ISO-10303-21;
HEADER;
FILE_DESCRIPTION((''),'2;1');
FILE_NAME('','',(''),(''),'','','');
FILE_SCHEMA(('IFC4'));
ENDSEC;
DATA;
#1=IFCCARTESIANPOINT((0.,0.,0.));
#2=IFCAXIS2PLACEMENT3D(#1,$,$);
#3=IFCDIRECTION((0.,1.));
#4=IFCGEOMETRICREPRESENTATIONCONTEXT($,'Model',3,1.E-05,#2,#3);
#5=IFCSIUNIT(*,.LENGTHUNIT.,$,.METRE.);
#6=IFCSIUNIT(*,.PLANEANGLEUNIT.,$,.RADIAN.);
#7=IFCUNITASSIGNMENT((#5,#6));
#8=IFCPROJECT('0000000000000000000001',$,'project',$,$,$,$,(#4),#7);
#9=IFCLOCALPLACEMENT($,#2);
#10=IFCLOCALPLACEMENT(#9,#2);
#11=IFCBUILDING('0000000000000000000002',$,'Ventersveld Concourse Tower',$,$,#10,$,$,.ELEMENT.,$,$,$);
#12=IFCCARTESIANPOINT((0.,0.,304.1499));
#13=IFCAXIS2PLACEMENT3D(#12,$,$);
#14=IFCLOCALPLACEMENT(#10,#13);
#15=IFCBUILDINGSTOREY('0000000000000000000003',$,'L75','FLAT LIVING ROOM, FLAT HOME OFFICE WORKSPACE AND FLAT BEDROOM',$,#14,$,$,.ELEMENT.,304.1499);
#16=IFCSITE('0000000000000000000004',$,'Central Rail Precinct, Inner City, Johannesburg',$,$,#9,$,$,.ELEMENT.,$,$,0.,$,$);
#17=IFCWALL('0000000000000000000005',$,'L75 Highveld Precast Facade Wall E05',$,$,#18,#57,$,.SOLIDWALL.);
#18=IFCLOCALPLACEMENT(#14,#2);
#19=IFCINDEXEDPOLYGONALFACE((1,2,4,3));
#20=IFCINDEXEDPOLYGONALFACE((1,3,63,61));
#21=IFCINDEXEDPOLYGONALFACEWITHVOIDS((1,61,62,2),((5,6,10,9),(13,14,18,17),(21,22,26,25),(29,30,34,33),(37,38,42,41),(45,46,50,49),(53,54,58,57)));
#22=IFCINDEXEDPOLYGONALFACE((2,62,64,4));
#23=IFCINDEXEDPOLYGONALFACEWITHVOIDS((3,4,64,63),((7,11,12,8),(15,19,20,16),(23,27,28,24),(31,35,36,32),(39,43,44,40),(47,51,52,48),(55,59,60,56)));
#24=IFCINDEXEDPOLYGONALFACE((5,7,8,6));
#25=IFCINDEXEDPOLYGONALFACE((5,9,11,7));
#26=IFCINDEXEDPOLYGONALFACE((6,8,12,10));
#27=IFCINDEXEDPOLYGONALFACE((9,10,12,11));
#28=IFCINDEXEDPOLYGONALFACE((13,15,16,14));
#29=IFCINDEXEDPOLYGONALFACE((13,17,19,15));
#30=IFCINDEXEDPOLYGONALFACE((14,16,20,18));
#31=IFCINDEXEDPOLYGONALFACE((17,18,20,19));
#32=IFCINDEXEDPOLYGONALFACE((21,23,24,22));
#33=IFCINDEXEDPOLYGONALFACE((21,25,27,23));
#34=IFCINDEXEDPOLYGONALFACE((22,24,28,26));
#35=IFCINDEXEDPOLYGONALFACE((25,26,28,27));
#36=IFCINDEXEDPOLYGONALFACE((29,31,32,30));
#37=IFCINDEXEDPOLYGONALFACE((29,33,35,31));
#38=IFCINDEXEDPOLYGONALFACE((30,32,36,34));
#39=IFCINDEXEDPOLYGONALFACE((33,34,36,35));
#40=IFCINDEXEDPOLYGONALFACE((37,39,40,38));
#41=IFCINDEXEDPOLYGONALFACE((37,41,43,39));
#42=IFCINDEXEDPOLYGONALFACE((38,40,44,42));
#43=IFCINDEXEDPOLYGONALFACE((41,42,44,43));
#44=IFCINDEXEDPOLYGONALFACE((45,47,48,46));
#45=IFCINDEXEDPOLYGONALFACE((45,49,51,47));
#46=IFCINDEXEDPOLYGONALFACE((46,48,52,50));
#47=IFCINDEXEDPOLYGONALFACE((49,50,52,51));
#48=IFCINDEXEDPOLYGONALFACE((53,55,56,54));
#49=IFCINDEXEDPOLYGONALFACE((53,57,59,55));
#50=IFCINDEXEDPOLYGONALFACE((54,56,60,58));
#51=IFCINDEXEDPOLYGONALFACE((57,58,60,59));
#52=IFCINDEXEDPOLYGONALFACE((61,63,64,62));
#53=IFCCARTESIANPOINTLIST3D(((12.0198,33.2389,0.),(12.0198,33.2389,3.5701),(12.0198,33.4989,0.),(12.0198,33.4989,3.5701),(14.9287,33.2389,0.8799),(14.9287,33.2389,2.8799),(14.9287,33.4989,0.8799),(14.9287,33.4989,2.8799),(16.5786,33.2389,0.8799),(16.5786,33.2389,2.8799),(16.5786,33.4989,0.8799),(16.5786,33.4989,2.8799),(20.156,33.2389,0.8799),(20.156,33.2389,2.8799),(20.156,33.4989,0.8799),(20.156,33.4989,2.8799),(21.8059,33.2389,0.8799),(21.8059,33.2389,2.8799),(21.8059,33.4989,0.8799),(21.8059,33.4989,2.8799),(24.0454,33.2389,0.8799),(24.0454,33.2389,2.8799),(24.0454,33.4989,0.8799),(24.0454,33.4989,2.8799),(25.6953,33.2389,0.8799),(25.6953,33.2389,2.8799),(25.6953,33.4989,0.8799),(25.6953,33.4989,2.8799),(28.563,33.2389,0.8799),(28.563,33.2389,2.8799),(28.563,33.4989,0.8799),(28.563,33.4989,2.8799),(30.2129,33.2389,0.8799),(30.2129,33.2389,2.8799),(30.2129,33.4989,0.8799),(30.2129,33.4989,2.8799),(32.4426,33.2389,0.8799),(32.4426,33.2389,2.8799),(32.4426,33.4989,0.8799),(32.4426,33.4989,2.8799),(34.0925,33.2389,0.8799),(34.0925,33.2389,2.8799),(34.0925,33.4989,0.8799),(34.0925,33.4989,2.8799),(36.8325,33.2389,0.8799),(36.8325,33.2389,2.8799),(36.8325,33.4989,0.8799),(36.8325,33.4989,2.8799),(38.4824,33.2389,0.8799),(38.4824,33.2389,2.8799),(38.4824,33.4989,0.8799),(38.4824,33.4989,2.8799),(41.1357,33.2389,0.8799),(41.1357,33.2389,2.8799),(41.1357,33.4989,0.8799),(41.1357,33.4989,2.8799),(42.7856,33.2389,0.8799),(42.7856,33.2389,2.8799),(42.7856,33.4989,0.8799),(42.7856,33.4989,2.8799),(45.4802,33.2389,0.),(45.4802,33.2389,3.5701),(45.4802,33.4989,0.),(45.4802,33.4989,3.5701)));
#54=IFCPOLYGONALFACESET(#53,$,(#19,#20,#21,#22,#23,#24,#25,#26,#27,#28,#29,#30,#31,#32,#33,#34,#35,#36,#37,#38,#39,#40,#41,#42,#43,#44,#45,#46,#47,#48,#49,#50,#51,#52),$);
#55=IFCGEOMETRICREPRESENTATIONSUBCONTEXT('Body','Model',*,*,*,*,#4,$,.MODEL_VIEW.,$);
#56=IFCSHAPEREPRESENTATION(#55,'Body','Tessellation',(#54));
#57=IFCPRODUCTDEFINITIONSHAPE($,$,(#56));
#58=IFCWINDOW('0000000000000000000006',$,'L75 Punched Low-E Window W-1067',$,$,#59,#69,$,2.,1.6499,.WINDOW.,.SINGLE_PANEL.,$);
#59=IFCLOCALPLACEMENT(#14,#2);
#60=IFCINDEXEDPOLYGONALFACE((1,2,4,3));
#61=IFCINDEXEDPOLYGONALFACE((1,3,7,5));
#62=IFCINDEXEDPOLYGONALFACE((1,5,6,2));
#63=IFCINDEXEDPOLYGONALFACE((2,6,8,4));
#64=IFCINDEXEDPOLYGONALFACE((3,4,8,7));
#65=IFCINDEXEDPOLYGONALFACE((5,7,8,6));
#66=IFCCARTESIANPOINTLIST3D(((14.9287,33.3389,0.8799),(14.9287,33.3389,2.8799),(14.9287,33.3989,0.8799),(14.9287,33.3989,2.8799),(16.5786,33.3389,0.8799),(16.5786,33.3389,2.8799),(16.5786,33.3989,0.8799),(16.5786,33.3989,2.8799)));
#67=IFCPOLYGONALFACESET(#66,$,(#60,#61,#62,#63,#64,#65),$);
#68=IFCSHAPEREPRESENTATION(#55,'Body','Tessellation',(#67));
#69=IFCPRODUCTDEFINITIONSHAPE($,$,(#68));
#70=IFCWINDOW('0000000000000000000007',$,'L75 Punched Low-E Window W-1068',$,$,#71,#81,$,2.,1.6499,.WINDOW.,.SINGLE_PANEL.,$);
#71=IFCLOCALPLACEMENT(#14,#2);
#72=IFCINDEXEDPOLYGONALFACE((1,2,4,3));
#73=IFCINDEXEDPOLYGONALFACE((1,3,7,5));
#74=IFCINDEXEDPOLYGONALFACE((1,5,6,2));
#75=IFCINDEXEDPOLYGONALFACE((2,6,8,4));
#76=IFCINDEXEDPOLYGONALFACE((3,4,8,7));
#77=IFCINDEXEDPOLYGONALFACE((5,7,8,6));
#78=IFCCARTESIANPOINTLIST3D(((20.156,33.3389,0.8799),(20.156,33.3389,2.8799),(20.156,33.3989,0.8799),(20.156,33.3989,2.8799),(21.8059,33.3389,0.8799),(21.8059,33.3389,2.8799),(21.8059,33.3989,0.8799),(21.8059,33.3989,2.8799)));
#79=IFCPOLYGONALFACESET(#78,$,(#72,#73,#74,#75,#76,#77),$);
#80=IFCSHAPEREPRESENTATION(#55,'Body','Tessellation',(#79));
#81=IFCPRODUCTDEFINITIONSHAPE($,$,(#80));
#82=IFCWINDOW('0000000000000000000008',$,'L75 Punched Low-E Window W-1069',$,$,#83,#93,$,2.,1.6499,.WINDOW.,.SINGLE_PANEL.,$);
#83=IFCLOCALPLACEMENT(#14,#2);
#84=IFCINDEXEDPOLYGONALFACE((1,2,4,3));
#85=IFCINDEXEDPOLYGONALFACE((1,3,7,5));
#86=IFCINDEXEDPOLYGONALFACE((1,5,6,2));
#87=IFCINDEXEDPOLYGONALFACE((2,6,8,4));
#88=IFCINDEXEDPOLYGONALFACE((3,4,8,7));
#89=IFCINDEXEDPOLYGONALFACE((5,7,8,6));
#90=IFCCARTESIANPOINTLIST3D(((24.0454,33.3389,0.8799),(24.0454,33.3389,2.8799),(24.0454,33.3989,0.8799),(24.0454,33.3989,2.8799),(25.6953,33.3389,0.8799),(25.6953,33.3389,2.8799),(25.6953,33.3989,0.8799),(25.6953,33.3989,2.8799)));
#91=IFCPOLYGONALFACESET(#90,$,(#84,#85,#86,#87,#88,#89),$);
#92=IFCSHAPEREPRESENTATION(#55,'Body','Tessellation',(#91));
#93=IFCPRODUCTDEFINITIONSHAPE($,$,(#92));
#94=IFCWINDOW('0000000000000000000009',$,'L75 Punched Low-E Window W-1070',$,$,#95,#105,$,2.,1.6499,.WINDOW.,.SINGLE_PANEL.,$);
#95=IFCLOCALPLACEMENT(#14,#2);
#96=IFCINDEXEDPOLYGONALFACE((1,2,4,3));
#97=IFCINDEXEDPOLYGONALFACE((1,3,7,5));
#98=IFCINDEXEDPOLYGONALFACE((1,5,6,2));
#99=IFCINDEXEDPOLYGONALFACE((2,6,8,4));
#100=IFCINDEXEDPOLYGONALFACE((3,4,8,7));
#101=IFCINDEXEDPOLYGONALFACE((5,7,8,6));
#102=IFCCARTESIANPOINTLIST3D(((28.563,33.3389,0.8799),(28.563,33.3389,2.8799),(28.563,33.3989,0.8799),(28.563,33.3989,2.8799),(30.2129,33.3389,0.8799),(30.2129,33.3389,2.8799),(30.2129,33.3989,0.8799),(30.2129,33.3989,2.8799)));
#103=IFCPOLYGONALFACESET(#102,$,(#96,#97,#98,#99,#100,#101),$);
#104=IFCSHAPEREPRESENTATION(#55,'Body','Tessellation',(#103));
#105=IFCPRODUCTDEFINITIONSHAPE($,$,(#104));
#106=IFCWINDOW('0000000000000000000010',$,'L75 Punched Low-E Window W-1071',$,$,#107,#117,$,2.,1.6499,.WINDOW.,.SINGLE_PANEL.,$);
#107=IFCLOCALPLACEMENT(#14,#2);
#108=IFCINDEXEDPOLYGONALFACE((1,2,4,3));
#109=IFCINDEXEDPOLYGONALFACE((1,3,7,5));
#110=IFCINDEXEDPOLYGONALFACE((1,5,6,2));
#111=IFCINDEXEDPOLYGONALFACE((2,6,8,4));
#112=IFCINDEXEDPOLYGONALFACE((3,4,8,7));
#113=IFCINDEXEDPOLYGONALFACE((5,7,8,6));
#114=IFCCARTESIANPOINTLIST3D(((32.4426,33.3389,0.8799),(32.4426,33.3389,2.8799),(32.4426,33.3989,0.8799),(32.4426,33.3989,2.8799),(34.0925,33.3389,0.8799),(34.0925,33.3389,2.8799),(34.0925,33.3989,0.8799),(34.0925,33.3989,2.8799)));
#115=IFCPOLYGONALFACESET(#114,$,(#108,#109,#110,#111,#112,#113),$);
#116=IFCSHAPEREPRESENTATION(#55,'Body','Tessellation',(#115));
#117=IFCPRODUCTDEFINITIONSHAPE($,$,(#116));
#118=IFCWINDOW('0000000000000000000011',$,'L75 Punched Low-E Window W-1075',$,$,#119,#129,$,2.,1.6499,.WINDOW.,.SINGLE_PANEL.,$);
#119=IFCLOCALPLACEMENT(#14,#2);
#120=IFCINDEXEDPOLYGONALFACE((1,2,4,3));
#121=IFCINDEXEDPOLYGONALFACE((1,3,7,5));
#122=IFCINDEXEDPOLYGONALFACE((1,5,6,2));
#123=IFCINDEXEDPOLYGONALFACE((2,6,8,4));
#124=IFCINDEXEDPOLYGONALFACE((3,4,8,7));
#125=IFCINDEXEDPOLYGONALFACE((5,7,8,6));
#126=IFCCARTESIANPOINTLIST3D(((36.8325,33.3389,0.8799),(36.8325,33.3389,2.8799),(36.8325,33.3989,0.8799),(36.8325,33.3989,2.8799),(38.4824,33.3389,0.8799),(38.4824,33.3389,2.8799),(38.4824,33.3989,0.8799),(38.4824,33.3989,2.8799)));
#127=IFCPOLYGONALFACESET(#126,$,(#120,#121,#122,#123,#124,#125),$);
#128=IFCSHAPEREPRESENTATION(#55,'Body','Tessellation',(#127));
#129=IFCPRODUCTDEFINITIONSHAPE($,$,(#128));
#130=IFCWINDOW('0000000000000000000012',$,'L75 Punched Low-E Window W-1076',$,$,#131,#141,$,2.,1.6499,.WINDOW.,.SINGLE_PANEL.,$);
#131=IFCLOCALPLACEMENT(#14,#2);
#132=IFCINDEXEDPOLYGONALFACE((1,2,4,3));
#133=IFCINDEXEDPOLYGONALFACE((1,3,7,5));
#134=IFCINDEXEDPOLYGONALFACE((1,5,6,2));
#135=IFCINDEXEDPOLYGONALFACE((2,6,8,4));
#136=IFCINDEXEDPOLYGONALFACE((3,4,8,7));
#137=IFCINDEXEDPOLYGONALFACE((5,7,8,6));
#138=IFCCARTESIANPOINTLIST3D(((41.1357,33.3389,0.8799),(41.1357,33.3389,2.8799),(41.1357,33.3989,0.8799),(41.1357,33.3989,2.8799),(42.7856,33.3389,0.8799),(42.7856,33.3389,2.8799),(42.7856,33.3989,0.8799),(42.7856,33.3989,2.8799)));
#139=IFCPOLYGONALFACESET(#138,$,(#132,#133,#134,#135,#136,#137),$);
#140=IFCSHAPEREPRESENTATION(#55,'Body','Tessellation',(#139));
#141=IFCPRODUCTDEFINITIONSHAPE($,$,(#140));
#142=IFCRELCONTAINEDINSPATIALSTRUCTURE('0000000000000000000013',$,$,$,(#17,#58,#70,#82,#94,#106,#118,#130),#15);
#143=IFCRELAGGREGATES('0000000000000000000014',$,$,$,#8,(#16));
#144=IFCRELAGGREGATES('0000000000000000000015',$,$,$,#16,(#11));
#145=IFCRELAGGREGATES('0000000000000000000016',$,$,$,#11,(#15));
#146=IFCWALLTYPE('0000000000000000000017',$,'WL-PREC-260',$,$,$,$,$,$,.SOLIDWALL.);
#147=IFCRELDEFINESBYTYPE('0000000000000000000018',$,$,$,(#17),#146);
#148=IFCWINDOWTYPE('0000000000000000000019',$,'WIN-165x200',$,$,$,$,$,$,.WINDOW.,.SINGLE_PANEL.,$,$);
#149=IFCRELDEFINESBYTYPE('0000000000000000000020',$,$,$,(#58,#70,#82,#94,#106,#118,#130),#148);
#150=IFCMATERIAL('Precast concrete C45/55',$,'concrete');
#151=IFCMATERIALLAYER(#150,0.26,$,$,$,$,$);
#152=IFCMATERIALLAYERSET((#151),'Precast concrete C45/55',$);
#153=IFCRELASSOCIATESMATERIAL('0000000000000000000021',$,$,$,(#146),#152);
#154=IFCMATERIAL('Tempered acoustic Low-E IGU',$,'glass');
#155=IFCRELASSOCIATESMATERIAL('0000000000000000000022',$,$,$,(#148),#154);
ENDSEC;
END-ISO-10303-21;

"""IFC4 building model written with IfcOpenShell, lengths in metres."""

from ifc_helpers import new_model, si_unit, direction, frame, frame_2d, origin, place, context, subcontext, project, spatial, rectangle, extrude, material, layer, layer_set, type_object, element, fill, save


model = new_model("IFC4")

# Units and contexts
model_context = context("Model", 3, precision=1e-05, world=origin(), true_north=direction((0.0, 1.0)))
body_context = subcontext(model_context, "Body", "Model", "MODEL_VIEW")
ifc_project = project(units=[si_unit("LENGTHUNIT", "METRE"), si_unit("PLANEANGLEUNIT", "RADIAN")], contexts=[model_context])

# Site, building, storey
site_placement = place(None, origin())
site = spatial("IfcSite", under=ifc_project, at=site_placement, Name="Central Rail Precinct, Inner City, Johannesburg", CompositionType="ELEMENT", RefElevation=0.0)
building_placement = place(site_placement, origin())
building = spatial("IfcBuilding", under=site, at=building_placement, Name="Ventersveld Concourse Tower", CompositionType="ELEMENT")
storey_placement = place(building_placement, frame((0.0, 0.0, 304.1499)))
storey = spatial("IfcBuildingStorey", under=building, at=storey_placement, Name="L75", Description="FLAT LIVING ROOM, FLAT HOME OFFICE WORKSPACE AND FLAT BEDROOM", CompositionType="ELEMENT", Elevation=304.1499)

# Shared definitions
ifc_material_1 = material(Name="Precast concrete C45/55", Category="concrete")
ifc_layer_1 = layer(ifc_material_1, 0.26)
ifc_layer_set_1 = layer_set([ifc_layer_1], Name="Precast concrete C45/55")
wall_type_1 = type_object("IfcWallType", Name="WL-PREC-260", PredefinedType="SOLIDWALL", material=ifc_layer_set_1)
ifc_material_2 = material(Name="Tempered acoustic Low-E IGU", Category="glass")
window_type = type_object("IfcWindowType", Name="WIN-165x200", PartitioningType="SINGLE_PANEL", PredefinedType="WINDOW", material=ifc_material_2)

# Wall, openings, windows
wall_1_placement = place(storey_placement, frame((45.4802, 33.3689, 0.0), z_axis=(0.0, 0.0, 1.0), x_axis=(-1.0, 0.0, 0.0)))
wall_1 = element("IfcWall", 1, at=wall_1_placement, inside=storey, type_object=wall_type_1, Name="L75 Highveld Precast Facade Wall E05", PredefinedType="SOLIDWALL", context=body_context, shape_type="SweptSolid", body=[
    extrude(rectangle(XDim=33.4604, YDim=0.26, at=frame_2d((16.7302, 0.0))), origin(), (0.0, 0.0, 1.0), 3.5701),
])
opening_1_placement = place(wall_1_placement, frame((28.9016, 0.0, 0.8799)))
opening_1 = element("IfcOpeningElement", 2, at=opening_1_placement, cuts=wall_1, PredefinedType="OPENING", context=body_context, shape_type="SweptSolid", body=[
    extrude(rectangle(XDim=1.6499, YDim=2.0, at=frame_2d((0.825, 1.0))), frame((0.0, 0.1401, 0.0), z_axis=(0.0, -1.0, 0.0), x_axis=(1.0, 0.0, 0.0)), (0.0, 0.0, 1.0), 0.28),
])
opening_2_placement = place(wall_1_placement, frame((23.6743, 0.0, 0.8799)))
opening_2 = element("IfcOpeningElement", 3, at=opening_2_placement, cuts=wall_1, PredefinedType="OPENING", context=body_context, shape_type="SweptSolid", body=[
    extrude(rectangle(XDim=1.6499, YDim=2.0, at=frame_2d((0.825, 1.0))), frame((0.0, 0.1401, 0.0), z_axis=(0.0, -1.0, 0.0), x_axis=(1.0, 0.0, 0.0)), (0.0, 0.0, 1.0), 0.28),
])
opening_3_placement = place(wall_1_placement, frame((19.7849, 0.0, 0.8799)))
opening_3 = element("IfcOpeningElement", 4, at=opening_3_placement, cuts=wall_1, PredefinedType="OPENING", context=body_context, shape_type="SweptSolid", body=[
    extrude(rectangle(XDim=1.6499, YDim=2.0, at=frame_2d((0.825, 1.0))), frame((0.0, 0.1401, 0.0), z_axis=(0.0, -1.0, 0.0), x_axis=(1.0, 0.0, 0.0)), (0.0, 0.0, 1.0), 0.28),
])
opening_4_placement = place(wall_1_placement, frame((15.2673, 0.0, 0.8799)))
opening_4 = element("IfcOpeningElement", 5, at=opening_4_placement, cuts=wall_1, PredefinedType="OPENING", context=body_context, shape_type="SweptSolid", body=[
    extrude(rectangle(XDim=1.6499, YDim=2.0, at=frame_2d((0.825, 1.0))), frame((0.0, 0.1401, 0.0), z_axis=(0.0, -1.0, 0.0), x_axis=(1.0, 0.0, 0.0)), (0.0, 0.0, 1.0), 0.28),
])
opening_5_placement = place(wall_1_placement, frame((11.3877, 0.0, 0.8799)))
opening_5 = element("IfcOpeningElement", 6, at=opening_5_placement, cuts=wall_1, PredefinedType="OPENING", context=body_context, shape_type="SweptSolid", body=[
    extrude(rectangle(XDim=1.6499, YDim=2.0, at=frame_2d((0.825, 1.0))), frame((0.0, 0.1401, 0.0), z_axis=(0.0, -1.0, 0.0), x_axis=(1.0, 0.0, 0.0)), (0.0, 0.0, 1.0), 0.28),
])
opening_6_placement = place(wall_1_placement, frame((6.9978, 0.0, 0.8799)))
opening_6 = element("IfcOpeningElement", 7, at=opening_6_placement, cuts=wall_1, PredefinedType="OPENING", context=body_context, shape_type="SweptSolid", body=[
    extrude(rectangle(XDim=1.6499, YDim=2.0, at=frame_2d((0.825, 1.0))), frame((0.0, 0.1401, 0.0), z_axis=(0.0, -1.0, 0.0), x_axis=(1.0, 0.0, 0.0)), (0.0, 0.0, 1.0), 0.28),
])
opening_7_placement = place(wall_1_placement, frame((2.6946, 0.0, 0.8799)))
opening_7 = element("IfcOpeningElement", 8, at=opening_7_placement, cuts=wall_1, PredefinedType="OPENING", context=body_context, shape_type="SweptSolid", body=[
    extrude(rectangle(XDim=1.6499, YDim=2.0, at=frame_2d((0.825, 1.0))), frame((0.0, 0.1401, 0.0), z_axis=(0.0, -1.0, 0.0), x_axis=(1.0, 0.0, 0.0)), (0.0, 0.0, 1.0), 0.28),
])
window_1_placement = place(opening_1_placement, origin())
window_1 = element("IfcWindow", 9, at=window_1_placement, inside=storey, type_object=window_type, Name="L75 Punched Low-E Window W-1067", OverallHeight=2.0, OverallWidth=1.6499, PartitioningType="SINGLE_PANEL", PredefinedType="WINDOW", context=body_context, shape_type="SweptSolid", body=[
    extrude(rectangle(XDim=1.6499, YDim=2.0, at=frame_2d((0.825, 1.0))), frame((0.0, 0.03, 0.0), z_axis=(0.0, -1.0, 0.0), x_axis=(1.0, 0.0, 0.0)), (0.0, 0.0, 1.0), 0.0601),
])
fill(opening_1, window_1)
window_2_placement = place(opening_2_placement, origin())
window_2 = element("IfcWindow", 10, at=window_2_placement, inside=storey, type_object=window_type, Name="L75 Punched Low-E Window W-1068", OverallHeight=2.0, OverallWidth=1.6499, PartitioningType="SINGLE_PANEL", PredefinedType="WINDOW", context=body_context, shape_type="SweptSolid", body=[
    extrude(rectangle(XDim=1.6499, YDim=2.0, at=frame_2d((0.825, 1.0))), frame((0.0, 0.03, 0.0), z_axis=(0.0, -1.0, 0.0), x_axis=(1.0, 0.0, 0.0)), (0.0, 0.0, 1.0), 0.0601),
])
fill(opening_2, window_2)
window_3_placement = place(opening_3_placement, origin())
window_3 = element("IfcWindow", 11, at=window_3_placement, inside=storey, type_object=window_type, Name="L75 Punched Low-E Window W-1069", OverallHeight=2.0, OverallWidth=1.6499, PartitioningType="SINGLE_PANEL", PredefinedType="WINDOW", context=body_context, shape_type="SweptSolid", body=[
    extrude(rectangle(XDim=1.6499, YDim=2.0, at=frame_2d((0.825, 1.0))), frame((0.0, 0.03, 0.0), z_axis=(0.0, -1.0, 0.0), x_axis=(1.0, 0.0, 0.0)), (0.0, 0.0, 1.0), 0.0601),
])
fill(opening_3, window_3)
window_4_placement = place(opening_4_placement, origin())
window_4 = element("IfcWindow", 12, at=window_4_placement, inside=storey, type_object=window_type, Name="L75 Punched Low-E Window W-1070", OverallHeight=2.0, OverallWidth=1.6499, PartitioningType="SINGLE_PANEL", PredefinedType="WINDOW", context=body_context, shape_type="SweptSolid", body=[
    extrude(rectangle(XDim=1.6499, YDim=2.0, at=frame_2d((0.825, 1.0))), frame((0.0, 0.03, 0.0), z_axis=(0.0, -1.0, 0.0), x_axis=(1.0, 0.0, 0.0)), (0.0, 0.0, 1.0), 0.0601),
])
fill(opening_4, window_4)
window_5_placement = place(opening_5_placement, origin())
window_5 = element("IfcWindow", 13, at=window_5_placement, inside=storey, type_object=window_type, Name="L75 Punched Low-E Window W-1071", OverallHeight=2.0, OverallWidth=1.6499, PartitioningType="SINGLE_PANEL", PredefinedType="WINDOW", context=body_context, shape_type="SweptSolid", body=[
    extrude(rectangle(XDim=1.6499, YDim=2.0, at=frame_2d((0.825, 1.0))), frame((0.0, 0.03, 0.0), z_axis=(0.0, -1.0, 0.0), x_axis=(1.0, 0.0, 0.0)), (0.0, 0.0, 1.0), 0.0601),
])
fill(opening_5, window_5)
window_6_placement = place(opening_6_placement, origin())
window_6 = element("IfcWindow", 14, at=window_6_placement, inside=storey, type_object=window_type, Name="L75 Punched Low-E Window W-1075", OverallHeight=2.0, OverallWidth=1.6499, PartitioningType="SINGLE_PANEL", PredefinedType="WINDOW", context=body_context, shape_type="SweptSolid", body=[
    extrude(rectangle(XDim=1.6499, YDim=2.0, at=frame_2d((0.825, 1.0))), frame((0.0, 0.03, 0.0), z_axis=(0.0, -1.0, 0.0), x_axis=(1.0, 0.0, 0.0)), (0.0, 0.0, 1.0), 0.0601),
])
fill(opening_6, window_6)
window_7_placement = place(opening_7_placement, origin())
window_7 = element("IfcWindow", 15, at=window_7_placement, inside=storey, type_object=window_type, Name="L75 Punched Low-E Window W-1076", OverallHeight=2.0, OverallWidth=1.6499, PartitioningType="SINGLE_PANEL", PredefinedType="WINDOW", context=body_context, shape_type="SweptSolid", body=[
    extrude(rectangle(XDim=1.6499, YDim=2.0, at=frame_2d((0.825, 1.0))), frame((0.0, 0.03, 0.0), z_axis=(0.0, -1.0, 0.0), x_axis=(1.0, 0.0, 0.0)), (0.0, 0.0, 1.0), 0.0601),
])
fill(opening_7, window_7)

save(model, "model.ifc")
